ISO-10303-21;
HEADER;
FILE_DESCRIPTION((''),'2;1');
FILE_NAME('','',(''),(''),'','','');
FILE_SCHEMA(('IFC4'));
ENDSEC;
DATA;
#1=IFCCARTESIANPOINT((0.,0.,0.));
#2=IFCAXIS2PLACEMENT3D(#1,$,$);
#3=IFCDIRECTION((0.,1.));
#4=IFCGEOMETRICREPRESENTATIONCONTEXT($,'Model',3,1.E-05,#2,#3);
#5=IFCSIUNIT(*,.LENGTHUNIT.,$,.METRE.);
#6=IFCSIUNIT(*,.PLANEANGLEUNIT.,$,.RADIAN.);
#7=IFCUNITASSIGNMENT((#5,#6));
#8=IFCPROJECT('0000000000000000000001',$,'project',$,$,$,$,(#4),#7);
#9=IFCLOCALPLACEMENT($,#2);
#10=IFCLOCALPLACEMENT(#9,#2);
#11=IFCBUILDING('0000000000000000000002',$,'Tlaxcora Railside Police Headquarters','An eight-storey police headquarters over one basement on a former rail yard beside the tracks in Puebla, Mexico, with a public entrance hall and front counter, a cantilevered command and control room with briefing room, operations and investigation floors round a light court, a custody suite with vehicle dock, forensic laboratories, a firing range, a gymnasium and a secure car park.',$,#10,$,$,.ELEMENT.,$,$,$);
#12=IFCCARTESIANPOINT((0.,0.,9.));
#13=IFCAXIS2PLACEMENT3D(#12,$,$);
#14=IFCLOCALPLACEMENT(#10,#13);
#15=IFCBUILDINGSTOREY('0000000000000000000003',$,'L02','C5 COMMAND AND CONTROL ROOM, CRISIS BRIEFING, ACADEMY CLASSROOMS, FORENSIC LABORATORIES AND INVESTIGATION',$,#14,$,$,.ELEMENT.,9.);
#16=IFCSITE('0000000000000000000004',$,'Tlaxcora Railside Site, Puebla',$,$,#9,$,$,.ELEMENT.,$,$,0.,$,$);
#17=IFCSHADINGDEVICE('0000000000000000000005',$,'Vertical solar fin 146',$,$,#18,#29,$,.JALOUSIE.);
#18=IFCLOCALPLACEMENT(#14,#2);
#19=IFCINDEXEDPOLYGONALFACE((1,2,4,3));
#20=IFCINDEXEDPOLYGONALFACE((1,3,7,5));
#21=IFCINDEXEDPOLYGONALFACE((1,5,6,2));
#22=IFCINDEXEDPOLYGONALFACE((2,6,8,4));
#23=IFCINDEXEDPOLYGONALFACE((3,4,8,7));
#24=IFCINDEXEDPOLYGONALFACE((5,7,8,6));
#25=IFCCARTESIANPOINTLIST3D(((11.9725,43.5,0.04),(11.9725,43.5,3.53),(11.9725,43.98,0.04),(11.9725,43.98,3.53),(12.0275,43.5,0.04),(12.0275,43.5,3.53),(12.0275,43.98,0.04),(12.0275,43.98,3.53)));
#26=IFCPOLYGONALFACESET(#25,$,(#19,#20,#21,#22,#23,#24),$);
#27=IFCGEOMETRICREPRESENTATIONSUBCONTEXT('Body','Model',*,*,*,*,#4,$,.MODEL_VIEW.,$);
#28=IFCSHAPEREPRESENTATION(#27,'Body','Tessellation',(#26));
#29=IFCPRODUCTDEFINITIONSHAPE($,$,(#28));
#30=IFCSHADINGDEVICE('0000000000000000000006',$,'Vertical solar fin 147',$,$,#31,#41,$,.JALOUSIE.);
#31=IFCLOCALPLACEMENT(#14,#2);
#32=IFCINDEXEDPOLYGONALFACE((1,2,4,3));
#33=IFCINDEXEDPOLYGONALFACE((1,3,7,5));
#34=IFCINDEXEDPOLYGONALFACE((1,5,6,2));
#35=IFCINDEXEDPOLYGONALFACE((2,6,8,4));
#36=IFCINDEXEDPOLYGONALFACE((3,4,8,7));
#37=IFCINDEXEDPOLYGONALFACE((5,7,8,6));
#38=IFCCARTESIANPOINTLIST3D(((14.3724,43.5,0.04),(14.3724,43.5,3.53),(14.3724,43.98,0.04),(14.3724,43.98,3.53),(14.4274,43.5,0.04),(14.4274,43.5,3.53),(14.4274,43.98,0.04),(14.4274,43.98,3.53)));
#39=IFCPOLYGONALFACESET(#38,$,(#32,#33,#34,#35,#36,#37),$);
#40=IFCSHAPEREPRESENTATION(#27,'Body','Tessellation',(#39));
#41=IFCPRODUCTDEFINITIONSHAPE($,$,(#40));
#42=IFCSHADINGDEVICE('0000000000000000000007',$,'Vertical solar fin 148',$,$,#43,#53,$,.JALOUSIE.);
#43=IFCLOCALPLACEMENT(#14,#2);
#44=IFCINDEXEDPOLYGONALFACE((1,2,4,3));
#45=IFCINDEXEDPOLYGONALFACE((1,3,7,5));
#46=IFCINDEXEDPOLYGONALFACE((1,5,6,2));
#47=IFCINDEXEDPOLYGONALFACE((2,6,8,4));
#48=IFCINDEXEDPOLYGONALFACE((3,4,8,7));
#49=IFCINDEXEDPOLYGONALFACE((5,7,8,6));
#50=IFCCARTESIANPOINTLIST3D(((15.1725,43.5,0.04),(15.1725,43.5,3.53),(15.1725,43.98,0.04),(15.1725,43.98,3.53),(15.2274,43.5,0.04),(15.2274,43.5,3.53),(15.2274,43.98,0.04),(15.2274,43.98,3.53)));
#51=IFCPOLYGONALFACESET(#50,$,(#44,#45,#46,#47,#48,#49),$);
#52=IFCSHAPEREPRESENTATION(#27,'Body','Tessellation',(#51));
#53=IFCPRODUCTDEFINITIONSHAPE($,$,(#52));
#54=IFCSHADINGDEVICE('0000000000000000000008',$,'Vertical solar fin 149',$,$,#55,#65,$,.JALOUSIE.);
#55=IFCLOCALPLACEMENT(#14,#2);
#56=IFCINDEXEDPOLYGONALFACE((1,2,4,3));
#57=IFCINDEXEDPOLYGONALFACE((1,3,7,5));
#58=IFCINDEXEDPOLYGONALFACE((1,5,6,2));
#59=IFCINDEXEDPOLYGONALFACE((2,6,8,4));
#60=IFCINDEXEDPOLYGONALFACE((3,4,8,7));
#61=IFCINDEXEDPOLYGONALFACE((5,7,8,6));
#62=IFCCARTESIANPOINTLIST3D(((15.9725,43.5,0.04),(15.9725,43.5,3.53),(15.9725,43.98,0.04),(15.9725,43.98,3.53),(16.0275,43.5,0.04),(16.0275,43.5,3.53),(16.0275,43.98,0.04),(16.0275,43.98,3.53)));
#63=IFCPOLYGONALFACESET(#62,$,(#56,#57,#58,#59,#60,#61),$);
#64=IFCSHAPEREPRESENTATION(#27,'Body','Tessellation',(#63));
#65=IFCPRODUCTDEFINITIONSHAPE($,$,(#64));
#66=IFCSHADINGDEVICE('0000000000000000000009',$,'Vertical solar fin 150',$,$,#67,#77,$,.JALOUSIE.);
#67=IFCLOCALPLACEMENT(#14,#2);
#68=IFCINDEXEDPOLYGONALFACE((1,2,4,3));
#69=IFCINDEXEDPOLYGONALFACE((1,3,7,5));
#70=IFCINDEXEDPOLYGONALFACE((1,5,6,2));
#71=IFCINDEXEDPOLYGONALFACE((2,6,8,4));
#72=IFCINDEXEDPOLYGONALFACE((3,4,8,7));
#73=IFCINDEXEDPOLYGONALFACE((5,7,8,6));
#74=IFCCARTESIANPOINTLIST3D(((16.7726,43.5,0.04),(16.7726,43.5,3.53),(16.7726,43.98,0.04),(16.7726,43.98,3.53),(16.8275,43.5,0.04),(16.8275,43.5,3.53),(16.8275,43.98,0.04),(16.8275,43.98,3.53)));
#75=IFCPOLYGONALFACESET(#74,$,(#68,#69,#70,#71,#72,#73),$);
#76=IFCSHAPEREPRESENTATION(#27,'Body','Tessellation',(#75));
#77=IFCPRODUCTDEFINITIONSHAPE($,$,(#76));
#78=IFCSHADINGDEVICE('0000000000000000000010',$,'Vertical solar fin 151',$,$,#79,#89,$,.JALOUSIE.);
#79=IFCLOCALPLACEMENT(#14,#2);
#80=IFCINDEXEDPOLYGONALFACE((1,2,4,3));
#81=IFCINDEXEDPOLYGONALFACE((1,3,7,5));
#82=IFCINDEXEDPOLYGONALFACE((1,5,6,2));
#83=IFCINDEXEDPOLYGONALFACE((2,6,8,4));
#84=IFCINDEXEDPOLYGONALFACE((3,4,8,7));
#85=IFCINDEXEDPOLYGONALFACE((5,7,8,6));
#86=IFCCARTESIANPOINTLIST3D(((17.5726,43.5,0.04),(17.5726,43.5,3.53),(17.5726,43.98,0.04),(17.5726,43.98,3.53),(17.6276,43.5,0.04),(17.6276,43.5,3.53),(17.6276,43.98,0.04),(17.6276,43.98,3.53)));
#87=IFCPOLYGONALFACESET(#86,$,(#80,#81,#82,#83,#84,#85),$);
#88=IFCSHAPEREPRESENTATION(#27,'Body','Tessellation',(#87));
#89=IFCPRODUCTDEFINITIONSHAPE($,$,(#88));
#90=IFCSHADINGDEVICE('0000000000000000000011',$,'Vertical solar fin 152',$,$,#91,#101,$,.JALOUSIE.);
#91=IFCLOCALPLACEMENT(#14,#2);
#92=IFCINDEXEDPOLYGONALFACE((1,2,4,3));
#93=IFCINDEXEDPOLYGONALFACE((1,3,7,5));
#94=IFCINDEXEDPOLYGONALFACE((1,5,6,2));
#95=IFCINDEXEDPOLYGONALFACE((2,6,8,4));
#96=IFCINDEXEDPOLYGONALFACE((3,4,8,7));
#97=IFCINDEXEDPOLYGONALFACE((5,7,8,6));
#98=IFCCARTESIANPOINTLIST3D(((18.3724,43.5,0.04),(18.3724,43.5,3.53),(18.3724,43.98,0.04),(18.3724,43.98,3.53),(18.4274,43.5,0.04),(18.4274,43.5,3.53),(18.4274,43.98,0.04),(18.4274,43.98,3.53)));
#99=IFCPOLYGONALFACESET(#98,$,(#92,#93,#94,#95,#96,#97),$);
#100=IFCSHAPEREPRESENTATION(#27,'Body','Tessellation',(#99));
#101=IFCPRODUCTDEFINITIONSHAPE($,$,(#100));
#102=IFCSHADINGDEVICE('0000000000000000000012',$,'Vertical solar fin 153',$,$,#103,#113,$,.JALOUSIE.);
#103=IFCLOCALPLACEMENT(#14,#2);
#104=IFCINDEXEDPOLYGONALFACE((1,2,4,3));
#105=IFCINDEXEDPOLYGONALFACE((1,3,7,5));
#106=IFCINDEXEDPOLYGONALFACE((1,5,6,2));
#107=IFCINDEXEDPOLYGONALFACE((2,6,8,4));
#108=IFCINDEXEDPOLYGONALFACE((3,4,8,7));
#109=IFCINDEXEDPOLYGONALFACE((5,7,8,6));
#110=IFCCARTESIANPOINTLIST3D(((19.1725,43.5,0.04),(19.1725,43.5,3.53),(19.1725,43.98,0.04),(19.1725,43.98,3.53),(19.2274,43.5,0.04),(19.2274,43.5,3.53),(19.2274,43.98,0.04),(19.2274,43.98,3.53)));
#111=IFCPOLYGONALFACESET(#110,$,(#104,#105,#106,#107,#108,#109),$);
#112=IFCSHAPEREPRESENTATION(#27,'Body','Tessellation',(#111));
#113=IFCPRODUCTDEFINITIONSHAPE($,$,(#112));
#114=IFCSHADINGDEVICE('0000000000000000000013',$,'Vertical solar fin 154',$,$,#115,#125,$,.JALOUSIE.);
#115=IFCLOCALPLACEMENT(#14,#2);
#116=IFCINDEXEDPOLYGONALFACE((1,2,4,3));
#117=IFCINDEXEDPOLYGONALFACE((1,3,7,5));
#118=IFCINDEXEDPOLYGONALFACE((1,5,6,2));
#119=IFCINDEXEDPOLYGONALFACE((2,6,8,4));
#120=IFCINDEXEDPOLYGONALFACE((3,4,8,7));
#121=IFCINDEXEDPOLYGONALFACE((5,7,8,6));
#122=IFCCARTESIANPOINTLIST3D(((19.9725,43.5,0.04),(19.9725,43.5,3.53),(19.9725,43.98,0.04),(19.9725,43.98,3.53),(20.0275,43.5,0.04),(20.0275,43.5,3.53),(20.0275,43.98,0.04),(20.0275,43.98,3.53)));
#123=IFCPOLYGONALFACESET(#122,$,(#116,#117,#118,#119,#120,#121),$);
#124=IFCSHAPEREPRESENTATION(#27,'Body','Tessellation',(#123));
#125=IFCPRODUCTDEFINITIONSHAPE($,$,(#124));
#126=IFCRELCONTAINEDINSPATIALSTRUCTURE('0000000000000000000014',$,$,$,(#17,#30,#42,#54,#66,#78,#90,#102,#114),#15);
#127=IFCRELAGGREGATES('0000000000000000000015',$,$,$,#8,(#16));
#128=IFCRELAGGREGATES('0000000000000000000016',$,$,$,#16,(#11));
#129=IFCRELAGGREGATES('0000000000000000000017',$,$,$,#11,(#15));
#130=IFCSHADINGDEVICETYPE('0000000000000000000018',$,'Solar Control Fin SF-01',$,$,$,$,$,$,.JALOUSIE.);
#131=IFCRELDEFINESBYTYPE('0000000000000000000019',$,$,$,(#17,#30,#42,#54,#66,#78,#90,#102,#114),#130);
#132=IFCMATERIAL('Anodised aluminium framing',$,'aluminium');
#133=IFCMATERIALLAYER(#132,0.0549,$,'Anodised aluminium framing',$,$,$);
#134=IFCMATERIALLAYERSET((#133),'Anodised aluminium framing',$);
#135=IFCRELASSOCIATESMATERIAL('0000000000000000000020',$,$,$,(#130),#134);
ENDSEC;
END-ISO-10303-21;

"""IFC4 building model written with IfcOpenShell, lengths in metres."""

from ifc_helpers import new_model, si_unit, direction, frame, origin, origin_2d, place, context, subcontext, project, spatial, rectangle, extrude, material, layer, layer_set, type_object, element, save


model = new_model("IFC4")

# Units and contexts
model_context = context("Model", 3, precision=1e-05, world=origin(), true_north=direction((0.0, 1.0)))
body_context = subcontext(model_context, "Body", "Model", "MODEL_VIEW")
ifc_project = project(units=[si_unit("LENGTHUNIT", "METRE"), si_unit("PLANEANGLEUNIT", "RADIAN")], contexts=[model_context])

# Site, building, storey
site_placement = place(None, origin())
site = spatial("IfcSite", under=ifc_project, at=site_placement, Name="Tlaxcora Railside Site, Puebla", CompositionType="ELEMENT", RefElevation=0.0)
building_placement = place(site_placement, origin())
building = spatial("IfcBuilding", under=site, at=building_placement, Name="Tlaxcora Railside Police Headquarters", Description="An eight-storey police headquarters over one basement on a former rail yard beside the tracks in Puebla, Mexico, with a public entrance hall and front counter, a cantilevered command and control room with briefing room, operations and investigation floors round a light court, a custody suite with vehicle dock, forensic laboratories, a firing range, a gymnasium and a secure car park.", CompositionType="ELEMENT")
storey_placement = place(building_placement, frame((0.0, 0.0, 9.0)))
storey = spatial("IfcBuildingStorey", under=building, at=storey_placement, Name="L02", Description="C5 COMMAND AND CONTROL ROOM, CRISIS BRIEFING, ACADEMY CLASSROOMS, FORENSIC LABORATORIES AND INVESTIGATION", CompositionType="ELEMENT", Elevation=9.0)

# Shared definitions
ifc_material_1 = material(Name="Anodised aluminium framing", Category="aluminium")

# Shading devices
ifc_layer_1 = layer(ifc_material_1, 0.0549, Name="Anodised aluminium framing")
ifc_layer_set_1 = layer_set([ifc_layer_1], Name="Anodised aluminium framing")
shading_device_type = type_object("IfcShadingDeviceType", Name="Solar Control Fin SF-01", PredefinedType="JALOUSIE", material=ifc_layer_set_1)
for number, where, z_axis, x_axis, name in (
    (1, (12.0, 43.74, 0.04), (0.0, 0.0, 1.0), (0.0, -1.0, 0.0), "Vertical solar fin 146"),
    (2, (14.3999, 43.74, 0.04), (0.0, 0.0, 1.0), (0.0, -1.0, 0.0), "Vertical solar fin 147"),
    (3, (15.2, 43.74, 0.04), (0.0, 0.0, 1.0), (0.0, -1.0, 0.0), "Vertical solar fin 148"),
    (4, (16.0, 43.74, 0.04), (0.0, 0.0, 1.0), (0.0, -1.0, 0.0), "Vertical solar fin 149"),
    (5, (16.8, 43.74, 0.04), (0.0, 0.0, 1.0), (0.0, -1.0, 0.0), "Vertical solar fin 150"),
    (6, (17.6001, 43.74, 0.04), (0.0, 0.0, 1.0), (0.0, -1.0, 0.0), "Vertical solar fin 151"),
    (7, (18.3999, 43.74, 0.04), (0.0, 0.0, 1.0), (0.0, -1.0, 0.0), "Vertical solar fin 152"),
    (8, (19.2, 43.74, 0.04), (0.0, 0.0, 1.0), (0.0, -1.0, 0.0), "Vertical solar fin 153"),
    (9, (20.0, 43.74, 0.04), (0.0, 0.0, 1.0), (0.0, -1.0, 0.0), "Vertical solar fin 154"),
):
    element("IfcShadingDevice", number, at=place(storey_placement, frame(where, z_axis=z_axis, x_axis=x_axis)), inside=storey, type_object=shading_device_type, Name=name, PredefinedType="JALOUSIE", context=body_context, shape_type="SweptSolid", body=[
        extrude(rectangle(XDim=0.48, YDim=0.0549, at=origin_2d()), origin(), (0.0, 0.0, 1.0), 3.49),
    ])

save(model, "model.ifc")
